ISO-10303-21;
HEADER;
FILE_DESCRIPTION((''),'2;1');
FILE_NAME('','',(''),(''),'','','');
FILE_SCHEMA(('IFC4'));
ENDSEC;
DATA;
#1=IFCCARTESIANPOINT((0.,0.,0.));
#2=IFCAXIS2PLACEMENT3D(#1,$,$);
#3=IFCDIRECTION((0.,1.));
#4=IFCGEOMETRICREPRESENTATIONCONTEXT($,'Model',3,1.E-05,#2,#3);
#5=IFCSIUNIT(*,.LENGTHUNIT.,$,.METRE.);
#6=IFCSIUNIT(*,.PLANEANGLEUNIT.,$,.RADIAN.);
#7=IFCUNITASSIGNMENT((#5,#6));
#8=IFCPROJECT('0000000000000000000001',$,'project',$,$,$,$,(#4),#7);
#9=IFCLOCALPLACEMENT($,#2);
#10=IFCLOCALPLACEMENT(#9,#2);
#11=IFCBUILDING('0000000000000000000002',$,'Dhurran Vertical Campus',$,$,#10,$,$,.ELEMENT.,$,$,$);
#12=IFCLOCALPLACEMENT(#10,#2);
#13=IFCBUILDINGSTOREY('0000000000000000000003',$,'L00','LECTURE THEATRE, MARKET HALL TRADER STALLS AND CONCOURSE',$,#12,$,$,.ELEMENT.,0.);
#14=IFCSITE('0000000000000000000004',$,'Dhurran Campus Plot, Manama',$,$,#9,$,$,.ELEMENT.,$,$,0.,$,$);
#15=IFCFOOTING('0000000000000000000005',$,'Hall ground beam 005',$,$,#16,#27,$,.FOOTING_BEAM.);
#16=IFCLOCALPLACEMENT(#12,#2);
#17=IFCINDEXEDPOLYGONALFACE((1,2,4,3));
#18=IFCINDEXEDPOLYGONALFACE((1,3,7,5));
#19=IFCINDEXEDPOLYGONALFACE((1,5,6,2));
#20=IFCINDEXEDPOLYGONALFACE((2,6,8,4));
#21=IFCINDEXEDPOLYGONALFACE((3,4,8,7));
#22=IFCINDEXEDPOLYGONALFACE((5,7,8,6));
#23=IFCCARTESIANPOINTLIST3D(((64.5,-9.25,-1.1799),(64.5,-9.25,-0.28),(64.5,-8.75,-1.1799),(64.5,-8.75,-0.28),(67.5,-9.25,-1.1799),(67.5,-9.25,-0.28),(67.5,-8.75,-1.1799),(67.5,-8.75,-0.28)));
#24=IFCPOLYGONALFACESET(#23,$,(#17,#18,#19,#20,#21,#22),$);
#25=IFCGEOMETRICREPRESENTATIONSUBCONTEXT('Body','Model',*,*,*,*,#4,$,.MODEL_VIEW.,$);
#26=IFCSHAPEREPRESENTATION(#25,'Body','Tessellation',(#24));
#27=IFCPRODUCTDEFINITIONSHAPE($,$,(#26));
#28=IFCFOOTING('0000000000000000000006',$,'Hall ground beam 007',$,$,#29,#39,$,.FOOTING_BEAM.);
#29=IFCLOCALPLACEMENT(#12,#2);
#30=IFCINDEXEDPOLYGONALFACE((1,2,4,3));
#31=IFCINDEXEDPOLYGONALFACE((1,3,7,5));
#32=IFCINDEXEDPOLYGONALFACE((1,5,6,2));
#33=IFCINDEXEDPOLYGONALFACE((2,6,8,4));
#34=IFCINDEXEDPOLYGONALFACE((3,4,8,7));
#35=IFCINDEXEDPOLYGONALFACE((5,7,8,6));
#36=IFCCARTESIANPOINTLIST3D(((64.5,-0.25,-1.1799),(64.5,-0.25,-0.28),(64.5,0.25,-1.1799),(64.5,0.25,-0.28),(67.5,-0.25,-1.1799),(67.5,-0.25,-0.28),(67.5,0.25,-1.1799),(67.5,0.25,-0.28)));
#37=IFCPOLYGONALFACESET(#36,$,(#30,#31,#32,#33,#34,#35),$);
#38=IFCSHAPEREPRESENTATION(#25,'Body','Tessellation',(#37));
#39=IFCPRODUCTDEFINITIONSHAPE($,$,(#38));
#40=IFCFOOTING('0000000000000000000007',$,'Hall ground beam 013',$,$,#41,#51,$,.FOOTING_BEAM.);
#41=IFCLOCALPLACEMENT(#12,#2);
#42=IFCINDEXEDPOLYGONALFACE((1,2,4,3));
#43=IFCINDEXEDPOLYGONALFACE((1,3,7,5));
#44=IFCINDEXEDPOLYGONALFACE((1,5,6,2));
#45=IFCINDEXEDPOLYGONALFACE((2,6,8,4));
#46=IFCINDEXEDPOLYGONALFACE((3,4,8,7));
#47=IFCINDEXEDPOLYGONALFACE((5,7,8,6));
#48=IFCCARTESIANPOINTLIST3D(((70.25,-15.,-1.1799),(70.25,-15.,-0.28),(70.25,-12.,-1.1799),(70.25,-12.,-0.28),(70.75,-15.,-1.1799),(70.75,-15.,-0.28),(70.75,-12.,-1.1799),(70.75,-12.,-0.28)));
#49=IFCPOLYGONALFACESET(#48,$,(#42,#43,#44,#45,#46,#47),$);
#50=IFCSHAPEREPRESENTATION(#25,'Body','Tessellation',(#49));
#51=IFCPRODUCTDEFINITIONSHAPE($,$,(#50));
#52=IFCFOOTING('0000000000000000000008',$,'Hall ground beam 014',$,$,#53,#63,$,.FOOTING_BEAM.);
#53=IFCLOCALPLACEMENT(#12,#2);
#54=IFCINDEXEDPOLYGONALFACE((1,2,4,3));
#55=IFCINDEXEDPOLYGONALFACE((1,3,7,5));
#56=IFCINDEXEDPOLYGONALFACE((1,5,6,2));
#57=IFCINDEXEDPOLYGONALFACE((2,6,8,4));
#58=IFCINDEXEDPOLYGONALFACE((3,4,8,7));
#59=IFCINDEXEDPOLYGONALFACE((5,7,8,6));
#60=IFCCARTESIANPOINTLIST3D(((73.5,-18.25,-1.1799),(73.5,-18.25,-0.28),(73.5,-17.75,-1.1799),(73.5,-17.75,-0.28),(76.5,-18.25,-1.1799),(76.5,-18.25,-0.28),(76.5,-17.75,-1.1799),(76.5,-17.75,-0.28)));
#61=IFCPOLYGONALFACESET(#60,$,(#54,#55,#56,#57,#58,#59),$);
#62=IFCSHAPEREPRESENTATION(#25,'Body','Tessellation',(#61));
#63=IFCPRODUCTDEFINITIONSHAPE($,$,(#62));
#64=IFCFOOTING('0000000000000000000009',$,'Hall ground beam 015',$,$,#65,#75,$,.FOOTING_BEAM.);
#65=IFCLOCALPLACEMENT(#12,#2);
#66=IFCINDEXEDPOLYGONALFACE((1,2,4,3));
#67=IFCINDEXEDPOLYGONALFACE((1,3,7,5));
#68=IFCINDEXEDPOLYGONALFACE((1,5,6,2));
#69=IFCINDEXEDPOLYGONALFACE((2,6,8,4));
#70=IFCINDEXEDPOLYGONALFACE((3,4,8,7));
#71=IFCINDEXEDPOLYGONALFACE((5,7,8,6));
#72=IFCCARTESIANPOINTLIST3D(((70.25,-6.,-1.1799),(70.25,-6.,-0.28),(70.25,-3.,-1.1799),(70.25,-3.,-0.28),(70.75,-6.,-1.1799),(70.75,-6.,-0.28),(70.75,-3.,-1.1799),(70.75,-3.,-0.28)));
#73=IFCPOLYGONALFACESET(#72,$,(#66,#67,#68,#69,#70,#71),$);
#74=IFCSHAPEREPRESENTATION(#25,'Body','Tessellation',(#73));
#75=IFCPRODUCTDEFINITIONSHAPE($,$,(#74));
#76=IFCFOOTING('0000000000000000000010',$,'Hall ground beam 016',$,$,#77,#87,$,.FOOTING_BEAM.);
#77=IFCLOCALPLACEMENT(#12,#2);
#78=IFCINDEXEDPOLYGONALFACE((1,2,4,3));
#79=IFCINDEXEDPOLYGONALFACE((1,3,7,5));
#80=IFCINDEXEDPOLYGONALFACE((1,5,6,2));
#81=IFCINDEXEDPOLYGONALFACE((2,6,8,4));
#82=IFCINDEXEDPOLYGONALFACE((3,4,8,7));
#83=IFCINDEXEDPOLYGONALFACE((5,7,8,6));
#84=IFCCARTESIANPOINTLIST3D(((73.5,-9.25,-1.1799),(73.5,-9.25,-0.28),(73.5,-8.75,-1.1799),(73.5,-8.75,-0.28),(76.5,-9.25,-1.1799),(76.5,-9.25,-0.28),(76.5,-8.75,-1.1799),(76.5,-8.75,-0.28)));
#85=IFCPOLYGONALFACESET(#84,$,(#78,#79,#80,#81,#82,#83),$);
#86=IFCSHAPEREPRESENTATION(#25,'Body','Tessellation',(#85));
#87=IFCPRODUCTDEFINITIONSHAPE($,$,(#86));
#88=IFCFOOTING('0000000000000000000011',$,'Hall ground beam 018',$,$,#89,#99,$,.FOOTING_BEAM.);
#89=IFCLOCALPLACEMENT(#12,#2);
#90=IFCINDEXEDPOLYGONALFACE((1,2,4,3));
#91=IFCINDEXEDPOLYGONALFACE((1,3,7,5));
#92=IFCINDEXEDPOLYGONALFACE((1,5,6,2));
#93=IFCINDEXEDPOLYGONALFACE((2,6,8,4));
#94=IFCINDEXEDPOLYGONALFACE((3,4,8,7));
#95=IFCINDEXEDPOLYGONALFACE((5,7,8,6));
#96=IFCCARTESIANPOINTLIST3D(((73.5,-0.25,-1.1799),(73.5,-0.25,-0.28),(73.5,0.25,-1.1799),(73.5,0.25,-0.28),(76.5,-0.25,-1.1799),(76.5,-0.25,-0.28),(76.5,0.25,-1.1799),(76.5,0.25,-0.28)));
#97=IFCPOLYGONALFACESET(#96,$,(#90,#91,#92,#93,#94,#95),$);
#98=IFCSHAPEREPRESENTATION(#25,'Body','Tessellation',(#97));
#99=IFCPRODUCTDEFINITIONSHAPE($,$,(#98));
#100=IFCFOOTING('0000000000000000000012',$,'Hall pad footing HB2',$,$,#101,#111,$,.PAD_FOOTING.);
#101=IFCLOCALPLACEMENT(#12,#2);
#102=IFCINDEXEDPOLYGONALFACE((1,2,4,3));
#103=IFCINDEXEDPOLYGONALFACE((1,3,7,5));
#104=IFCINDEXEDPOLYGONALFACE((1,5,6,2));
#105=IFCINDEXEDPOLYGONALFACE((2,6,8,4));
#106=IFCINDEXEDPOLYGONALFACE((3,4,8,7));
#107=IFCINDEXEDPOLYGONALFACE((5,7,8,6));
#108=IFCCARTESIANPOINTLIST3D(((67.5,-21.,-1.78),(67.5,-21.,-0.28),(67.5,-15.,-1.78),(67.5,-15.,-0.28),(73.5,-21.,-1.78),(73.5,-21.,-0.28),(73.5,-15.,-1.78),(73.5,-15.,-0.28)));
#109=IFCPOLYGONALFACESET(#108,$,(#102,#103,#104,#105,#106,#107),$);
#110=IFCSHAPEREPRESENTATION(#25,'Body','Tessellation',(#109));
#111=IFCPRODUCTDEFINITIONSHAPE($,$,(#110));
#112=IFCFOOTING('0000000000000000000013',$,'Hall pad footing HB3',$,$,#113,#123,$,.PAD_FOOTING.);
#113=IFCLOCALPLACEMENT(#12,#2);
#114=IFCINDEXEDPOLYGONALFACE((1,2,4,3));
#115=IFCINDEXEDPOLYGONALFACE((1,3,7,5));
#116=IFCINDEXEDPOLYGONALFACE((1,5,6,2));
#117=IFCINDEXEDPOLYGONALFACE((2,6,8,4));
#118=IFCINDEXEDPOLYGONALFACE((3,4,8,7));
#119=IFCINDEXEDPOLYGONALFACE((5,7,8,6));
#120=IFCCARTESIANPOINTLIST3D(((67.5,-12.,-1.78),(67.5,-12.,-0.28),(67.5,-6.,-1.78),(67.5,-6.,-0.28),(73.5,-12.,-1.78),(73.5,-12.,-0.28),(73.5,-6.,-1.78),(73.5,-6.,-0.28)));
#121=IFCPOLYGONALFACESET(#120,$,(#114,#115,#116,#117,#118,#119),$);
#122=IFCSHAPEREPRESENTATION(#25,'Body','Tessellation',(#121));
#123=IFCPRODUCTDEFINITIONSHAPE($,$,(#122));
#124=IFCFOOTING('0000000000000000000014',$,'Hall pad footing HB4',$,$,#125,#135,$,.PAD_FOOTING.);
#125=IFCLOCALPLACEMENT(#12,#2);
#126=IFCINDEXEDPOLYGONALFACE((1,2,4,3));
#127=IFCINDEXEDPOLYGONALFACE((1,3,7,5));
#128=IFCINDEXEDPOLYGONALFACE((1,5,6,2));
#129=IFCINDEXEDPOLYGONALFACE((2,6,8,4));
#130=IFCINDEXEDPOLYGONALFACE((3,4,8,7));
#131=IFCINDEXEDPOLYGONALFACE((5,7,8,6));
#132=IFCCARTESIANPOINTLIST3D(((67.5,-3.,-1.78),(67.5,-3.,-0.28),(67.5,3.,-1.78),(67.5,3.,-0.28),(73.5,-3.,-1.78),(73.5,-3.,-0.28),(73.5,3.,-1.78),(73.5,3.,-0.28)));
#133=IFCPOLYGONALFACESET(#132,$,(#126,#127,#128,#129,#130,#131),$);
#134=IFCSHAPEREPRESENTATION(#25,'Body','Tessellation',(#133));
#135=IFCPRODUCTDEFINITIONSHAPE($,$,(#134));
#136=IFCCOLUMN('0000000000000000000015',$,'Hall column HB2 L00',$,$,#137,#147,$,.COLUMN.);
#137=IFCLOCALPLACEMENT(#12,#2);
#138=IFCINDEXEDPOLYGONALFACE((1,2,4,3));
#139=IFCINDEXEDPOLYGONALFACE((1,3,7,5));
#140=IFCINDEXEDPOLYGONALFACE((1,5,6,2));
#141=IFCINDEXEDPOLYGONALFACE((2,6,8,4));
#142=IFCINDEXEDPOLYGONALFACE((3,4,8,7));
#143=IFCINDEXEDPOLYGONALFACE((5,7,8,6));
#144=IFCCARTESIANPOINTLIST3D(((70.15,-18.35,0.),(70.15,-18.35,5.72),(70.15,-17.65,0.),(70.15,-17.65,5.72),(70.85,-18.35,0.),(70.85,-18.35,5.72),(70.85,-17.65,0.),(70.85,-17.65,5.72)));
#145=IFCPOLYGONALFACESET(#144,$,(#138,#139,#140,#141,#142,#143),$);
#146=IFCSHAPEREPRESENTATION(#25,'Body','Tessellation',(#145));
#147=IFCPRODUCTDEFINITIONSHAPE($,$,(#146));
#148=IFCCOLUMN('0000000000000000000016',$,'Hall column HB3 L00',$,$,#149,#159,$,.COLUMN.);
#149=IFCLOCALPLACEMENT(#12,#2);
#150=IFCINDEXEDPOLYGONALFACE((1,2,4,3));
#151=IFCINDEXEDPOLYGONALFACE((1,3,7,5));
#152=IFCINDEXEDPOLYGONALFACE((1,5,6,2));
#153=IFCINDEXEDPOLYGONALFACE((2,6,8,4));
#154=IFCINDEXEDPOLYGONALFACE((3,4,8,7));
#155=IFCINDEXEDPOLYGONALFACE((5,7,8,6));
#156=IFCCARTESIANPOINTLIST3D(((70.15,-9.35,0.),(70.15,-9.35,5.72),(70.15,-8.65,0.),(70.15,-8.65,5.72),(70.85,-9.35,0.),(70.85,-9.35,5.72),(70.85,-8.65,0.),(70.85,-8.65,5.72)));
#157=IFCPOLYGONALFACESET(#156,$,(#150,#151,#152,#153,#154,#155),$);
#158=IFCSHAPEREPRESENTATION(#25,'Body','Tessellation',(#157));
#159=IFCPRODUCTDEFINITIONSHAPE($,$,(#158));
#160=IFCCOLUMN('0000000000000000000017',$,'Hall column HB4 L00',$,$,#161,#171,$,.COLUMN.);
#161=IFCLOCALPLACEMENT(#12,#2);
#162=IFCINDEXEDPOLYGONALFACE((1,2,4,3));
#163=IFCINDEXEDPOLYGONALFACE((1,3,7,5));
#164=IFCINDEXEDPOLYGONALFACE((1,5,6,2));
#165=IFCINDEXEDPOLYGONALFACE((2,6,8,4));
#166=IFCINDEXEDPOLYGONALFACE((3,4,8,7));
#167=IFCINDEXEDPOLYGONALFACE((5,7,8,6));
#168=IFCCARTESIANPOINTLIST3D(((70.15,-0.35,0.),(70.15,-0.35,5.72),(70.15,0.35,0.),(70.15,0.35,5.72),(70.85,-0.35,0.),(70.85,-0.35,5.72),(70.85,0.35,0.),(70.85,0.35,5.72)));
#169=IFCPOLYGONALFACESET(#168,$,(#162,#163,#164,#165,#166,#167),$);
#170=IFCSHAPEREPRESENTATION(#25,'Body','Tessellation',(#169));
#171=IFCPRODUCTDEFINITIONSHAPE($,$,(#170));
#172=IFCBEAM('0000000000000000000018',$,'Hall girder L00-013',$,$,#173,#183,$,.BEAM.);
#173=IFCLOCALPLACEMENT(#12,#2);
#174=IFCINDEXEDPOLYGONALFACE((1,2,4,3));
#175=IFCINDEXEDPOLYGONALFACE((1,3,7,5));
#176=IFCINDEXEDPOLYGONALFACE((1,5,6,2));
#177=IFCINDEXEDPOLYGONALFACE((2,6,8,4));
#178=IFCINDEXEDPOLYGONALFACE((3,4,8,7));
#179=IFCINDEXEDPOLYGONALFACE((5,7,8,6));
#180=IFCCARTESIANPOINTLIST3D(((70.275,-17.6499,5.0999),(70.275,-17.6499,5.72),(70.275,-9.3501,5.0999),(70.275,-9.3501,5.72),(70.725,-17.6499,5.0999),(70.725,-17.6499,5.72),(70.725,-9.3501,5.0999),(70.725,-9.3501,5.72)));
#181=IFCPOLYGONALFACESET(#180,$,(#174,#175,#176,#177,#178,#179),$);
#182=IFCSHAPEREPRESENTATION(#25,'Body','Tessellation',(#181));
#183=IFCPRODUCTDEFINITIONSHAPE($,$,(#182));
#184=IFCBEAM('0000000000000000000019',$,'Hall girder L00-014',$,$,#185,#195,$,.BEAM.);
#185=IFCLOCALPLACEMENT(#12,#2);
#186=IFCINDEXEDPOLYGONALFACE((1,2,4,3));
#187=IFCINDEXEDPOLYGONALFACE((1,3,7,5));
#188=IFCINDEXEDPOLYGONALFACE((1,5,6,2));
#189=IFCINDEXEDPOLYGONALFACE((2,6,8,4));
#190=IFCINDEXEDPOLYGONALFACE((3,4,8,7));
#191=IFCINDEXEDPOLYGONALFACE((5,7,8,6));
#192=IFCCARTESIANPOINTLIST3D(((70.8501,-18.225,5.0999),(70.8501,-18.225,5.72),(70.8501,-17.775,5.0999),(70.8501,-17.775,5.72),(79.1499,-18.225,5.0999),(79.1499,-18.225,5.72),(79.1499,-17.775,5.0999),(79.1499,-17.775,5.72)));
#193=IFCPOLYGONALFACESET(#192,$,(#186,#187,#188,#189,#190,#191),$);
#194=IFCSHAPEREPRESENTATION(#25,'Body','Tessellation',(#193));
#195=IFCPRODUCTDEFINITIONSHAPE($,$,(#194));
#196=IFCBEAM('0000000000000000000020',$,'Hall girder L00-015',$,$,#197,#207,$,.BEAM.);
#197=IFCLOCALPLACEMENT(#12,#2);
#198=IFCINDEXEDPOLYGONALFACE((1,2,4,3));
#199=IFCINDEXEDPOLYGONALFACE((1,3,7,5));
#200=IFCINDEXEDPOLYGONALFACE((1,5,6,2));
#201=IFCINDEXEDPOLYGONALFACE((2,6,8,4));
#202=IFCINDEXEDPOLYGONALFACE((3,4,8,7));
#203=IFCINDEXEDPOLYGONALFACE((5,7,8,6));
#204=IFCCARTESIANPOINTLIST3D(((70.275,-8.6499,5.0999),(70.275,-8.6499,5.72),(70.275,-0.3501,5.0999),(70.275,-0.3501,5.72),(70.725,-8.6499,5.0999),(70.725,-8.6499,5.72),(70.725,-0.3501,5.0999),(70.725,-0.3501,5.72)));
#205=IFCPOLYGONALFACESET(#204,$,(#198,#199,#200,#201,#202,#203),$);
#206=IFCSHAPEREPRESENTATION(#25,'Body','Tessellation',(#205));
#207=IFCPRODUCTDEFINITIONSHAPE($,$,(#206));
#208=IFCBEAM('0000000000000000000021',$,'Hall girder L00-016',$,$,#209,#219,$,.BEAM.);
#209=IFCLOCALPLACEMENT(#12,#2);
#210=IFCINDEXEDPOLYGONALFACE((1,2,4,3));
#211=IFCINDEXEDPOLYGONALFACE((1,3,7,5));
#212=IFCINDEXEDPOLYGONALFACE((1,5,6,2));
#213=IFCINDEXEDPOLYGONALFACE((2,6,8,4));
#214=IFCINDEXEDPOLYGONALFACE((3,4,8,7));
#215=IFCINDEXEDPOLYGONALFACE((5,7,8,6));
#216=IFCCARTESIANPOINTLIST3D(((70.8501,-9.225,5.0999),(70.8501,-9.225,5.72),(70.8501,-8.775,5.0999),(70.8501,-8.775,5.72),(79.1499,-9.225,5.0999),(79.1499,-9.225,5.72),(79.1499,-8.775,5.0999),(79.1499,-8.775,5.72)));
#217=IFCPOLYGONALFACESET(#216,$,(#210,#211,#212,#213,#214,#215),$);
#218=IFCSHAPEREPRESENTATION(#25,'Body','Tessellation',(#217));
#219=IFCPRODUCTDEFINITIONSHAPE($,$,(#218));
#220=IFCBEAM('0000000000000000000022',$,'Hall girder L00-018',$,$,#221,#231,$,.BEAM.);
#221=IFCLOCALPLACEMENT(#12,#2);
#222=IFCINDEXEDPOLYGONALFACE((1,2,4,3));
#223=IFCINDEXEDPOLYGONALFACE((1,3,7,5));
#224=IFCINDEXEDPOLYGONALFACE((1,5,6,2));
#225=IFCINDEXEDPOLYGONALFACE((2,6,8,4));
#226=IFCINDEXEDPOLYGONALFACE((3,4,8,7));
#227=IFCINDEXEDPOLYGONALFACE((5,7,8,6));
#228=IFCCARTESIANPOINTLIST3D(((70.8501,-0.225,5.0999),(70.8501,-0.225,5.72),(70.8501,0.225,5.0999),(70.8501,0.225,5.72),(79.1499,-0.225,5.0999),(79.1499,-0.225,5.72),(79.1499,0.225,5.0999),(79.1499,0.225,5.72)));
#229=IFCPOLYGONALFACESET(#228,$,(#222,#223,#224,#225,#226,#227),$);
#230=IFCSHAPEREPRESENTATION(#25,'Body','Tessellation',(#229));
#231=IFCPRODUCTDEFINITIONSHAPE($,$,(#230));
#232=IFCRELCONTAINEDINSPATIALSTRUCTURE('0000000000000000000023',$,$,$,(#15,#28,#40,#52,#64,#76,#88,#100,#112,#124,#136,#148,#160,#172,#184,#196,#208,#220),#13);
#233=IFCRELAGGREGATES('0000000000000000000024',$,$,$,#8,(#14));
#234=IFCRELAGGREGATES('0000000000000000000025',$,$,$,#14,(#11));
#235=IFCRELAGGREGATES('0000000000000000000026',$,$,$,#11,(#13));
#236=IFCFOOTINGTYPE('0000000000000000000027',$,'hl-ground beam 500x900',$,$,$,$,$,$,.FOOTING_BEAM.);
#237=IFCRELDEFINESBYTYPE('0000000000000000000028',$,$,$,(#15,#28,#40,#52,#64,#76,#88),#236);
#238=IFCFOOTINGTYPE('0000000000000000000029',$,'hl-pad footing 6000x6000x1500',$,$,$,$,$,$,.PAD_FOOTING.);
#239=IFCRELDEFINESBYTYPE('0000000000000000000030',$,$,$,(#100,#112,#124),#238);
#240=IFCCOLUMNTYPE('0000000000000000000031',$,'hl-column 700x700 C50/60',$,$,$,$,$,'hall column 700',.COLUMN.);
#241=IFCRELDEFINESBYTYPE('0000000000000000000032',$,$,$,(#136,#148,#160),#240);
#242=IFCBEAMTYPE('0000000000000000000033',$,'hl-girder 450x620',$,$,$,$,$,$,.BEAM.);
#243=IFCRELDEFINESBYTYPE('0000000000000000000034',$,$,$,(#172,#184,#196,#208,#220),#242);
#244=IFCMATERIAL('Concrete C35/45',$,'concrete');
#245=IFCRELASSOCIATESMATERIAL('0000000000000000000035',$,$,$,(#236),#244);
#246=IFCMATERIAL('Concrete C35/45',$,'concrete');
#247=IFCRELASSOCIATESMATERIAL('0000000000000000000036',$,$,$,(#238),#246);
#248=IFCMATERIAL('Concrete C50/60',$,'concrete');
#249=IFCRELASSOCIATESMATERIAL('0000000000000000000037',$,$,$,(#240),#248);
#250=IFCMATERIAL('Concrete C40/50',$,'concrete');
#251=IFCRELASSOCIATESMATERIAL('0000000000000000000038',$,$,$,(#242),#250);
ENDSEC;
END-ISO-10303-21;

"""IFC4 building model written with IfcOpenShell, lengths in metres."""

from ifc_helpers import new_model, si_unit, direction, frame, origin, origin_2d, place, context, subcontext, project, spatial, rectangle, extrude, material, material_profile, profile_set, type_object, element, save


model = new_model("IFC4")

# Units and contexts
model_context = context("Model", 3, precision=1e-05, world=origin(), true_north=direction((0.0, 1.0)))
body_context = subcontext(model_context, "Body", "Model", "MODEL_VIEW")
ifc_project = project(units=[si_unit("LENGTHUNIT", "METRE"), si_unit("PLANEANGLEUNIT", "RADIAN")], contexts=[model_context])

# Site, building, storey
site_placement = place(None, origin())
site = spatial("IfcSite", under=ifc_project, at=site_placement, Name="Dhurran Campus Plot, Manama", CompositionType="ELEMENT", RefElevation=0.0)
building_placement = place(site_placement, origin())
building = spatial("IfcBuilding", under=site, at=building_placement, Name="Dhurran Vertical Campus", CompositionType="ELEMENT")
storey_placement = place(building_placement, origin())
storey = spatial("IfcBuildingStorey", under=building, at=storey_placement, Name="L00", Description="LECTURE THEATRE, MARKET HALL TRADER STALLS AND CONCOURSE", CompositionType="ELEMENT", Elevation=0.0)

# Footings
ifc_material_1 = material(Name="Concrete C35/45", Category="concrete")
ifc_material_profile_1 = material_profile(ifc_material_1, rectangle(XDim=0.5, YDim=0.8999, at=origin_2d()), Name="hl-ground beam 500x900")
ifc_profile_set_1 = profile_set([ifc_material_profile_1], Name="Concrete C35/45")
footing_type_1 = type_object("IfcFootingType", Name="hl-ground beam 500x900", PredefinedType="FOOTING_BEAM", material=ifc_profile_set_1)
for number, where, z_axis, x_axis, name in (
    (1, (64.5, -9.0, -0.73), (1.0, 0.0, 0.0), (0.0, 1.0, 0.0), "Hall ground beam 005"),
    (2, (64.5, 0.0, -0.73), (1.0, 0.0, 0.0), (0.0, 1.0, 0.0), "Hall ground beam 007"),
    (3, (70.5, -15.0, -0.73), (0.0, 1.0, 0.0), (-1.0, 0.0, 0.0), "Hall ground beam 013"),
    (4, (73.5, -18.0, -0.73), (1.0, 0.0, 0.0), (0.0, 1.0, 0.0), "Hall ground beam 014"),
    (5, (70.5, -6.0, -0.73), (0.0, 1.0, 0.0), (-1.0, 0.0, 0.0), "Hall ground beam 015"),
    (6, (73.5, -9.0, -0.73), (1.0, 0.0, 0.0), (0.0, 1.0, 0.0), "Hall ground beam 016"),
    (7, (73.5, 0.0, -0.73), (1.0, 0.0, 0.0), (0.0, 1.0, 0.0), "Hall ground beam 018"),
):
    element("IfcFooting", number, at=place(storey_placement, frame(where, z_axis=z_axis, x_axis=x_axis)), inside=storey, type_object=footing_type_1, Name=name, PredefinedType="FOOTING_BEAM", context=body_context, shape_type="SweptSolid", body=[
        extrude(rectangle(XDim=0.5, YDim=0.8999, at=origin_2d()), origin(), (0.0, 0.0, 1.0), 3.0),
    ])
ifc_material_2 = material(Name="Concrete C35/45", Category="concrete")
footing_type_2 = type_object("IfcFootingType", Name="hl-pad footing 6000x6000x1500", PredefinedType="PAD_FOOTING", material=ifc_material_2)
for number, where, z_axis, x_axis, name in (
    (8, (70.5, -18.0, -1.78), (0.0, 0.0, 1.0), (1.0, 0.0, 0.0), "Hall pad footing HB2"),
    (9, (70.5, -9.0, -1.78), (0.0, 0.0, 1.0), (1.0, 0.0, 0.0), "Hall pad footing HB3"),
    (10, (70.5, 0.0, -1.78), (0.0, 0.0, 1.0), (1.0, 0.0, 0.0), "Hall pad footing HB4"),
):
    element("IfcFooting", number, at=place(storey_placement, frame(where, z_axis=z_axis, x_axis=x_axis)), inside=storey, type_object=footing_type_2, Name=name, PredefinedType="PAD_FOOTING", context=body_context, shape_type="SweptSolid", body=[
        extrude(rectangle(XDim=6.0, YDim=6.0, at=origin_2d()), origin(), (0.0, 0.0, 1.0), 1.5),
    ])

# Columns
ifc_material_3 = material(Name="Concrete C50/60", Category="concrete")
ifc_material_profile_2 = material_profile(ifc_material_3, rectangle(XDim=0.7, YDim=0.7, at=origin_2d()), Name="hl-column 700x700 C50/60")
ifc_profile_set_2 = profile_set([ifc_material_profile_2], Name="Concrete C50/60")
column_type = type_object("IfcColumnType", Name="hl-column 700x700 C50/60", ElementType="hall column 700", PredefinedType="COLUMN", material=ifc_profile_set_2)
for number, where, z_axis, x_axis, name in (
    (11, (70.5, -18.0, 0.0), (0.0, 0.0, 1.0), (1.0, 0.0, 0.0), "Hall column HB2 L00"),
    (12, (70.5, -9.0, 0.0), (0.0, 0.0, 1.0), (1.0, 0.0, 0.0), "Hall column HB3 L00"),
    (13, (70.5, 0.0, 0.0), (0.0, 0.0, 1.0), (1.0, 0.0, 0.0), "Hall column HB4 L00"),
):
    element("IfcColumn", number, at=place(storey_placement, frame(where, z_axis=z_axis, x_axis=x_axis)), inside=storey, type_object=column_type, Name=name, PredefinedType="COLUMN", context=body_context, shape_type="SweptSolid", body=[
        extrude(rectangle(XDim=0.7, YDim=0.7, at=origin_2d()), origin(), (0.0, 0.0, 1.0), 5.72),
    ])

# Beams
ifc_material_4 = material(Name="Concrete C40/50", Category="concrete")
ifc_material_profile_3 = material_profile(ifc_material_4, rectangle(XDim=0.45, YDim=0.6201, at=origin_2d()), Name="hl-girder 450x620")
ifc_profile_set_3 = profile_set([ifc_material_profile_3], Name="Concrete C40/50")
beam_type = type_object("IfcBeamType", Name="hl-girder 450x620", PredefinedType="BEAM", material=ifc_profile_set_3)
for number, where, z_axis, x_axis, name in (
    (14, (70.5, -17.6499, 5.4099), (0.0, 1.0, 0.0), (-1.0, 0.0, 0.0), "Hall girder L00-013"),
    (15, (70.8501, -18.0, 5.4099), (1.0, 0.0, 0.0), (0.0, 1.0, 0.0), "Hall girder L00-014"),
    (16, (70.5, -8.6499, 5.4099), (0.0, 1.0, 0.0), (-1.0, 0.0, 0.0), "Hall girder L00-015"),
    (17, (70.8501, -9.0, 5.4099), (1.0, 0.0, 0.0), (0.0, 1.0, 0.0), "Hall girder L00-016"),
    (18, (70.8501, 0.0, 5.4099), (1.0, 0.0, 0.0), (0.0, 1.0, 0.0), "Hall girder L00-018"),
):
    element("IfcBeam", number, at=place(storey_placement, frame(where, z_axis=z_axis, x_axis=x_axis)), inside=storey, type_object=beam_type, Name=name, PredefinedType="BEAM", context=body_context, shape_type="SweptSolid", body=[
        extrude(rectangle(XDim=0.45, YDim=0.6201, at=origin_2d()), origin(), (0.0, 0.0, 1.0), 8.2998),
    ])

save(model, "model.ifc")
